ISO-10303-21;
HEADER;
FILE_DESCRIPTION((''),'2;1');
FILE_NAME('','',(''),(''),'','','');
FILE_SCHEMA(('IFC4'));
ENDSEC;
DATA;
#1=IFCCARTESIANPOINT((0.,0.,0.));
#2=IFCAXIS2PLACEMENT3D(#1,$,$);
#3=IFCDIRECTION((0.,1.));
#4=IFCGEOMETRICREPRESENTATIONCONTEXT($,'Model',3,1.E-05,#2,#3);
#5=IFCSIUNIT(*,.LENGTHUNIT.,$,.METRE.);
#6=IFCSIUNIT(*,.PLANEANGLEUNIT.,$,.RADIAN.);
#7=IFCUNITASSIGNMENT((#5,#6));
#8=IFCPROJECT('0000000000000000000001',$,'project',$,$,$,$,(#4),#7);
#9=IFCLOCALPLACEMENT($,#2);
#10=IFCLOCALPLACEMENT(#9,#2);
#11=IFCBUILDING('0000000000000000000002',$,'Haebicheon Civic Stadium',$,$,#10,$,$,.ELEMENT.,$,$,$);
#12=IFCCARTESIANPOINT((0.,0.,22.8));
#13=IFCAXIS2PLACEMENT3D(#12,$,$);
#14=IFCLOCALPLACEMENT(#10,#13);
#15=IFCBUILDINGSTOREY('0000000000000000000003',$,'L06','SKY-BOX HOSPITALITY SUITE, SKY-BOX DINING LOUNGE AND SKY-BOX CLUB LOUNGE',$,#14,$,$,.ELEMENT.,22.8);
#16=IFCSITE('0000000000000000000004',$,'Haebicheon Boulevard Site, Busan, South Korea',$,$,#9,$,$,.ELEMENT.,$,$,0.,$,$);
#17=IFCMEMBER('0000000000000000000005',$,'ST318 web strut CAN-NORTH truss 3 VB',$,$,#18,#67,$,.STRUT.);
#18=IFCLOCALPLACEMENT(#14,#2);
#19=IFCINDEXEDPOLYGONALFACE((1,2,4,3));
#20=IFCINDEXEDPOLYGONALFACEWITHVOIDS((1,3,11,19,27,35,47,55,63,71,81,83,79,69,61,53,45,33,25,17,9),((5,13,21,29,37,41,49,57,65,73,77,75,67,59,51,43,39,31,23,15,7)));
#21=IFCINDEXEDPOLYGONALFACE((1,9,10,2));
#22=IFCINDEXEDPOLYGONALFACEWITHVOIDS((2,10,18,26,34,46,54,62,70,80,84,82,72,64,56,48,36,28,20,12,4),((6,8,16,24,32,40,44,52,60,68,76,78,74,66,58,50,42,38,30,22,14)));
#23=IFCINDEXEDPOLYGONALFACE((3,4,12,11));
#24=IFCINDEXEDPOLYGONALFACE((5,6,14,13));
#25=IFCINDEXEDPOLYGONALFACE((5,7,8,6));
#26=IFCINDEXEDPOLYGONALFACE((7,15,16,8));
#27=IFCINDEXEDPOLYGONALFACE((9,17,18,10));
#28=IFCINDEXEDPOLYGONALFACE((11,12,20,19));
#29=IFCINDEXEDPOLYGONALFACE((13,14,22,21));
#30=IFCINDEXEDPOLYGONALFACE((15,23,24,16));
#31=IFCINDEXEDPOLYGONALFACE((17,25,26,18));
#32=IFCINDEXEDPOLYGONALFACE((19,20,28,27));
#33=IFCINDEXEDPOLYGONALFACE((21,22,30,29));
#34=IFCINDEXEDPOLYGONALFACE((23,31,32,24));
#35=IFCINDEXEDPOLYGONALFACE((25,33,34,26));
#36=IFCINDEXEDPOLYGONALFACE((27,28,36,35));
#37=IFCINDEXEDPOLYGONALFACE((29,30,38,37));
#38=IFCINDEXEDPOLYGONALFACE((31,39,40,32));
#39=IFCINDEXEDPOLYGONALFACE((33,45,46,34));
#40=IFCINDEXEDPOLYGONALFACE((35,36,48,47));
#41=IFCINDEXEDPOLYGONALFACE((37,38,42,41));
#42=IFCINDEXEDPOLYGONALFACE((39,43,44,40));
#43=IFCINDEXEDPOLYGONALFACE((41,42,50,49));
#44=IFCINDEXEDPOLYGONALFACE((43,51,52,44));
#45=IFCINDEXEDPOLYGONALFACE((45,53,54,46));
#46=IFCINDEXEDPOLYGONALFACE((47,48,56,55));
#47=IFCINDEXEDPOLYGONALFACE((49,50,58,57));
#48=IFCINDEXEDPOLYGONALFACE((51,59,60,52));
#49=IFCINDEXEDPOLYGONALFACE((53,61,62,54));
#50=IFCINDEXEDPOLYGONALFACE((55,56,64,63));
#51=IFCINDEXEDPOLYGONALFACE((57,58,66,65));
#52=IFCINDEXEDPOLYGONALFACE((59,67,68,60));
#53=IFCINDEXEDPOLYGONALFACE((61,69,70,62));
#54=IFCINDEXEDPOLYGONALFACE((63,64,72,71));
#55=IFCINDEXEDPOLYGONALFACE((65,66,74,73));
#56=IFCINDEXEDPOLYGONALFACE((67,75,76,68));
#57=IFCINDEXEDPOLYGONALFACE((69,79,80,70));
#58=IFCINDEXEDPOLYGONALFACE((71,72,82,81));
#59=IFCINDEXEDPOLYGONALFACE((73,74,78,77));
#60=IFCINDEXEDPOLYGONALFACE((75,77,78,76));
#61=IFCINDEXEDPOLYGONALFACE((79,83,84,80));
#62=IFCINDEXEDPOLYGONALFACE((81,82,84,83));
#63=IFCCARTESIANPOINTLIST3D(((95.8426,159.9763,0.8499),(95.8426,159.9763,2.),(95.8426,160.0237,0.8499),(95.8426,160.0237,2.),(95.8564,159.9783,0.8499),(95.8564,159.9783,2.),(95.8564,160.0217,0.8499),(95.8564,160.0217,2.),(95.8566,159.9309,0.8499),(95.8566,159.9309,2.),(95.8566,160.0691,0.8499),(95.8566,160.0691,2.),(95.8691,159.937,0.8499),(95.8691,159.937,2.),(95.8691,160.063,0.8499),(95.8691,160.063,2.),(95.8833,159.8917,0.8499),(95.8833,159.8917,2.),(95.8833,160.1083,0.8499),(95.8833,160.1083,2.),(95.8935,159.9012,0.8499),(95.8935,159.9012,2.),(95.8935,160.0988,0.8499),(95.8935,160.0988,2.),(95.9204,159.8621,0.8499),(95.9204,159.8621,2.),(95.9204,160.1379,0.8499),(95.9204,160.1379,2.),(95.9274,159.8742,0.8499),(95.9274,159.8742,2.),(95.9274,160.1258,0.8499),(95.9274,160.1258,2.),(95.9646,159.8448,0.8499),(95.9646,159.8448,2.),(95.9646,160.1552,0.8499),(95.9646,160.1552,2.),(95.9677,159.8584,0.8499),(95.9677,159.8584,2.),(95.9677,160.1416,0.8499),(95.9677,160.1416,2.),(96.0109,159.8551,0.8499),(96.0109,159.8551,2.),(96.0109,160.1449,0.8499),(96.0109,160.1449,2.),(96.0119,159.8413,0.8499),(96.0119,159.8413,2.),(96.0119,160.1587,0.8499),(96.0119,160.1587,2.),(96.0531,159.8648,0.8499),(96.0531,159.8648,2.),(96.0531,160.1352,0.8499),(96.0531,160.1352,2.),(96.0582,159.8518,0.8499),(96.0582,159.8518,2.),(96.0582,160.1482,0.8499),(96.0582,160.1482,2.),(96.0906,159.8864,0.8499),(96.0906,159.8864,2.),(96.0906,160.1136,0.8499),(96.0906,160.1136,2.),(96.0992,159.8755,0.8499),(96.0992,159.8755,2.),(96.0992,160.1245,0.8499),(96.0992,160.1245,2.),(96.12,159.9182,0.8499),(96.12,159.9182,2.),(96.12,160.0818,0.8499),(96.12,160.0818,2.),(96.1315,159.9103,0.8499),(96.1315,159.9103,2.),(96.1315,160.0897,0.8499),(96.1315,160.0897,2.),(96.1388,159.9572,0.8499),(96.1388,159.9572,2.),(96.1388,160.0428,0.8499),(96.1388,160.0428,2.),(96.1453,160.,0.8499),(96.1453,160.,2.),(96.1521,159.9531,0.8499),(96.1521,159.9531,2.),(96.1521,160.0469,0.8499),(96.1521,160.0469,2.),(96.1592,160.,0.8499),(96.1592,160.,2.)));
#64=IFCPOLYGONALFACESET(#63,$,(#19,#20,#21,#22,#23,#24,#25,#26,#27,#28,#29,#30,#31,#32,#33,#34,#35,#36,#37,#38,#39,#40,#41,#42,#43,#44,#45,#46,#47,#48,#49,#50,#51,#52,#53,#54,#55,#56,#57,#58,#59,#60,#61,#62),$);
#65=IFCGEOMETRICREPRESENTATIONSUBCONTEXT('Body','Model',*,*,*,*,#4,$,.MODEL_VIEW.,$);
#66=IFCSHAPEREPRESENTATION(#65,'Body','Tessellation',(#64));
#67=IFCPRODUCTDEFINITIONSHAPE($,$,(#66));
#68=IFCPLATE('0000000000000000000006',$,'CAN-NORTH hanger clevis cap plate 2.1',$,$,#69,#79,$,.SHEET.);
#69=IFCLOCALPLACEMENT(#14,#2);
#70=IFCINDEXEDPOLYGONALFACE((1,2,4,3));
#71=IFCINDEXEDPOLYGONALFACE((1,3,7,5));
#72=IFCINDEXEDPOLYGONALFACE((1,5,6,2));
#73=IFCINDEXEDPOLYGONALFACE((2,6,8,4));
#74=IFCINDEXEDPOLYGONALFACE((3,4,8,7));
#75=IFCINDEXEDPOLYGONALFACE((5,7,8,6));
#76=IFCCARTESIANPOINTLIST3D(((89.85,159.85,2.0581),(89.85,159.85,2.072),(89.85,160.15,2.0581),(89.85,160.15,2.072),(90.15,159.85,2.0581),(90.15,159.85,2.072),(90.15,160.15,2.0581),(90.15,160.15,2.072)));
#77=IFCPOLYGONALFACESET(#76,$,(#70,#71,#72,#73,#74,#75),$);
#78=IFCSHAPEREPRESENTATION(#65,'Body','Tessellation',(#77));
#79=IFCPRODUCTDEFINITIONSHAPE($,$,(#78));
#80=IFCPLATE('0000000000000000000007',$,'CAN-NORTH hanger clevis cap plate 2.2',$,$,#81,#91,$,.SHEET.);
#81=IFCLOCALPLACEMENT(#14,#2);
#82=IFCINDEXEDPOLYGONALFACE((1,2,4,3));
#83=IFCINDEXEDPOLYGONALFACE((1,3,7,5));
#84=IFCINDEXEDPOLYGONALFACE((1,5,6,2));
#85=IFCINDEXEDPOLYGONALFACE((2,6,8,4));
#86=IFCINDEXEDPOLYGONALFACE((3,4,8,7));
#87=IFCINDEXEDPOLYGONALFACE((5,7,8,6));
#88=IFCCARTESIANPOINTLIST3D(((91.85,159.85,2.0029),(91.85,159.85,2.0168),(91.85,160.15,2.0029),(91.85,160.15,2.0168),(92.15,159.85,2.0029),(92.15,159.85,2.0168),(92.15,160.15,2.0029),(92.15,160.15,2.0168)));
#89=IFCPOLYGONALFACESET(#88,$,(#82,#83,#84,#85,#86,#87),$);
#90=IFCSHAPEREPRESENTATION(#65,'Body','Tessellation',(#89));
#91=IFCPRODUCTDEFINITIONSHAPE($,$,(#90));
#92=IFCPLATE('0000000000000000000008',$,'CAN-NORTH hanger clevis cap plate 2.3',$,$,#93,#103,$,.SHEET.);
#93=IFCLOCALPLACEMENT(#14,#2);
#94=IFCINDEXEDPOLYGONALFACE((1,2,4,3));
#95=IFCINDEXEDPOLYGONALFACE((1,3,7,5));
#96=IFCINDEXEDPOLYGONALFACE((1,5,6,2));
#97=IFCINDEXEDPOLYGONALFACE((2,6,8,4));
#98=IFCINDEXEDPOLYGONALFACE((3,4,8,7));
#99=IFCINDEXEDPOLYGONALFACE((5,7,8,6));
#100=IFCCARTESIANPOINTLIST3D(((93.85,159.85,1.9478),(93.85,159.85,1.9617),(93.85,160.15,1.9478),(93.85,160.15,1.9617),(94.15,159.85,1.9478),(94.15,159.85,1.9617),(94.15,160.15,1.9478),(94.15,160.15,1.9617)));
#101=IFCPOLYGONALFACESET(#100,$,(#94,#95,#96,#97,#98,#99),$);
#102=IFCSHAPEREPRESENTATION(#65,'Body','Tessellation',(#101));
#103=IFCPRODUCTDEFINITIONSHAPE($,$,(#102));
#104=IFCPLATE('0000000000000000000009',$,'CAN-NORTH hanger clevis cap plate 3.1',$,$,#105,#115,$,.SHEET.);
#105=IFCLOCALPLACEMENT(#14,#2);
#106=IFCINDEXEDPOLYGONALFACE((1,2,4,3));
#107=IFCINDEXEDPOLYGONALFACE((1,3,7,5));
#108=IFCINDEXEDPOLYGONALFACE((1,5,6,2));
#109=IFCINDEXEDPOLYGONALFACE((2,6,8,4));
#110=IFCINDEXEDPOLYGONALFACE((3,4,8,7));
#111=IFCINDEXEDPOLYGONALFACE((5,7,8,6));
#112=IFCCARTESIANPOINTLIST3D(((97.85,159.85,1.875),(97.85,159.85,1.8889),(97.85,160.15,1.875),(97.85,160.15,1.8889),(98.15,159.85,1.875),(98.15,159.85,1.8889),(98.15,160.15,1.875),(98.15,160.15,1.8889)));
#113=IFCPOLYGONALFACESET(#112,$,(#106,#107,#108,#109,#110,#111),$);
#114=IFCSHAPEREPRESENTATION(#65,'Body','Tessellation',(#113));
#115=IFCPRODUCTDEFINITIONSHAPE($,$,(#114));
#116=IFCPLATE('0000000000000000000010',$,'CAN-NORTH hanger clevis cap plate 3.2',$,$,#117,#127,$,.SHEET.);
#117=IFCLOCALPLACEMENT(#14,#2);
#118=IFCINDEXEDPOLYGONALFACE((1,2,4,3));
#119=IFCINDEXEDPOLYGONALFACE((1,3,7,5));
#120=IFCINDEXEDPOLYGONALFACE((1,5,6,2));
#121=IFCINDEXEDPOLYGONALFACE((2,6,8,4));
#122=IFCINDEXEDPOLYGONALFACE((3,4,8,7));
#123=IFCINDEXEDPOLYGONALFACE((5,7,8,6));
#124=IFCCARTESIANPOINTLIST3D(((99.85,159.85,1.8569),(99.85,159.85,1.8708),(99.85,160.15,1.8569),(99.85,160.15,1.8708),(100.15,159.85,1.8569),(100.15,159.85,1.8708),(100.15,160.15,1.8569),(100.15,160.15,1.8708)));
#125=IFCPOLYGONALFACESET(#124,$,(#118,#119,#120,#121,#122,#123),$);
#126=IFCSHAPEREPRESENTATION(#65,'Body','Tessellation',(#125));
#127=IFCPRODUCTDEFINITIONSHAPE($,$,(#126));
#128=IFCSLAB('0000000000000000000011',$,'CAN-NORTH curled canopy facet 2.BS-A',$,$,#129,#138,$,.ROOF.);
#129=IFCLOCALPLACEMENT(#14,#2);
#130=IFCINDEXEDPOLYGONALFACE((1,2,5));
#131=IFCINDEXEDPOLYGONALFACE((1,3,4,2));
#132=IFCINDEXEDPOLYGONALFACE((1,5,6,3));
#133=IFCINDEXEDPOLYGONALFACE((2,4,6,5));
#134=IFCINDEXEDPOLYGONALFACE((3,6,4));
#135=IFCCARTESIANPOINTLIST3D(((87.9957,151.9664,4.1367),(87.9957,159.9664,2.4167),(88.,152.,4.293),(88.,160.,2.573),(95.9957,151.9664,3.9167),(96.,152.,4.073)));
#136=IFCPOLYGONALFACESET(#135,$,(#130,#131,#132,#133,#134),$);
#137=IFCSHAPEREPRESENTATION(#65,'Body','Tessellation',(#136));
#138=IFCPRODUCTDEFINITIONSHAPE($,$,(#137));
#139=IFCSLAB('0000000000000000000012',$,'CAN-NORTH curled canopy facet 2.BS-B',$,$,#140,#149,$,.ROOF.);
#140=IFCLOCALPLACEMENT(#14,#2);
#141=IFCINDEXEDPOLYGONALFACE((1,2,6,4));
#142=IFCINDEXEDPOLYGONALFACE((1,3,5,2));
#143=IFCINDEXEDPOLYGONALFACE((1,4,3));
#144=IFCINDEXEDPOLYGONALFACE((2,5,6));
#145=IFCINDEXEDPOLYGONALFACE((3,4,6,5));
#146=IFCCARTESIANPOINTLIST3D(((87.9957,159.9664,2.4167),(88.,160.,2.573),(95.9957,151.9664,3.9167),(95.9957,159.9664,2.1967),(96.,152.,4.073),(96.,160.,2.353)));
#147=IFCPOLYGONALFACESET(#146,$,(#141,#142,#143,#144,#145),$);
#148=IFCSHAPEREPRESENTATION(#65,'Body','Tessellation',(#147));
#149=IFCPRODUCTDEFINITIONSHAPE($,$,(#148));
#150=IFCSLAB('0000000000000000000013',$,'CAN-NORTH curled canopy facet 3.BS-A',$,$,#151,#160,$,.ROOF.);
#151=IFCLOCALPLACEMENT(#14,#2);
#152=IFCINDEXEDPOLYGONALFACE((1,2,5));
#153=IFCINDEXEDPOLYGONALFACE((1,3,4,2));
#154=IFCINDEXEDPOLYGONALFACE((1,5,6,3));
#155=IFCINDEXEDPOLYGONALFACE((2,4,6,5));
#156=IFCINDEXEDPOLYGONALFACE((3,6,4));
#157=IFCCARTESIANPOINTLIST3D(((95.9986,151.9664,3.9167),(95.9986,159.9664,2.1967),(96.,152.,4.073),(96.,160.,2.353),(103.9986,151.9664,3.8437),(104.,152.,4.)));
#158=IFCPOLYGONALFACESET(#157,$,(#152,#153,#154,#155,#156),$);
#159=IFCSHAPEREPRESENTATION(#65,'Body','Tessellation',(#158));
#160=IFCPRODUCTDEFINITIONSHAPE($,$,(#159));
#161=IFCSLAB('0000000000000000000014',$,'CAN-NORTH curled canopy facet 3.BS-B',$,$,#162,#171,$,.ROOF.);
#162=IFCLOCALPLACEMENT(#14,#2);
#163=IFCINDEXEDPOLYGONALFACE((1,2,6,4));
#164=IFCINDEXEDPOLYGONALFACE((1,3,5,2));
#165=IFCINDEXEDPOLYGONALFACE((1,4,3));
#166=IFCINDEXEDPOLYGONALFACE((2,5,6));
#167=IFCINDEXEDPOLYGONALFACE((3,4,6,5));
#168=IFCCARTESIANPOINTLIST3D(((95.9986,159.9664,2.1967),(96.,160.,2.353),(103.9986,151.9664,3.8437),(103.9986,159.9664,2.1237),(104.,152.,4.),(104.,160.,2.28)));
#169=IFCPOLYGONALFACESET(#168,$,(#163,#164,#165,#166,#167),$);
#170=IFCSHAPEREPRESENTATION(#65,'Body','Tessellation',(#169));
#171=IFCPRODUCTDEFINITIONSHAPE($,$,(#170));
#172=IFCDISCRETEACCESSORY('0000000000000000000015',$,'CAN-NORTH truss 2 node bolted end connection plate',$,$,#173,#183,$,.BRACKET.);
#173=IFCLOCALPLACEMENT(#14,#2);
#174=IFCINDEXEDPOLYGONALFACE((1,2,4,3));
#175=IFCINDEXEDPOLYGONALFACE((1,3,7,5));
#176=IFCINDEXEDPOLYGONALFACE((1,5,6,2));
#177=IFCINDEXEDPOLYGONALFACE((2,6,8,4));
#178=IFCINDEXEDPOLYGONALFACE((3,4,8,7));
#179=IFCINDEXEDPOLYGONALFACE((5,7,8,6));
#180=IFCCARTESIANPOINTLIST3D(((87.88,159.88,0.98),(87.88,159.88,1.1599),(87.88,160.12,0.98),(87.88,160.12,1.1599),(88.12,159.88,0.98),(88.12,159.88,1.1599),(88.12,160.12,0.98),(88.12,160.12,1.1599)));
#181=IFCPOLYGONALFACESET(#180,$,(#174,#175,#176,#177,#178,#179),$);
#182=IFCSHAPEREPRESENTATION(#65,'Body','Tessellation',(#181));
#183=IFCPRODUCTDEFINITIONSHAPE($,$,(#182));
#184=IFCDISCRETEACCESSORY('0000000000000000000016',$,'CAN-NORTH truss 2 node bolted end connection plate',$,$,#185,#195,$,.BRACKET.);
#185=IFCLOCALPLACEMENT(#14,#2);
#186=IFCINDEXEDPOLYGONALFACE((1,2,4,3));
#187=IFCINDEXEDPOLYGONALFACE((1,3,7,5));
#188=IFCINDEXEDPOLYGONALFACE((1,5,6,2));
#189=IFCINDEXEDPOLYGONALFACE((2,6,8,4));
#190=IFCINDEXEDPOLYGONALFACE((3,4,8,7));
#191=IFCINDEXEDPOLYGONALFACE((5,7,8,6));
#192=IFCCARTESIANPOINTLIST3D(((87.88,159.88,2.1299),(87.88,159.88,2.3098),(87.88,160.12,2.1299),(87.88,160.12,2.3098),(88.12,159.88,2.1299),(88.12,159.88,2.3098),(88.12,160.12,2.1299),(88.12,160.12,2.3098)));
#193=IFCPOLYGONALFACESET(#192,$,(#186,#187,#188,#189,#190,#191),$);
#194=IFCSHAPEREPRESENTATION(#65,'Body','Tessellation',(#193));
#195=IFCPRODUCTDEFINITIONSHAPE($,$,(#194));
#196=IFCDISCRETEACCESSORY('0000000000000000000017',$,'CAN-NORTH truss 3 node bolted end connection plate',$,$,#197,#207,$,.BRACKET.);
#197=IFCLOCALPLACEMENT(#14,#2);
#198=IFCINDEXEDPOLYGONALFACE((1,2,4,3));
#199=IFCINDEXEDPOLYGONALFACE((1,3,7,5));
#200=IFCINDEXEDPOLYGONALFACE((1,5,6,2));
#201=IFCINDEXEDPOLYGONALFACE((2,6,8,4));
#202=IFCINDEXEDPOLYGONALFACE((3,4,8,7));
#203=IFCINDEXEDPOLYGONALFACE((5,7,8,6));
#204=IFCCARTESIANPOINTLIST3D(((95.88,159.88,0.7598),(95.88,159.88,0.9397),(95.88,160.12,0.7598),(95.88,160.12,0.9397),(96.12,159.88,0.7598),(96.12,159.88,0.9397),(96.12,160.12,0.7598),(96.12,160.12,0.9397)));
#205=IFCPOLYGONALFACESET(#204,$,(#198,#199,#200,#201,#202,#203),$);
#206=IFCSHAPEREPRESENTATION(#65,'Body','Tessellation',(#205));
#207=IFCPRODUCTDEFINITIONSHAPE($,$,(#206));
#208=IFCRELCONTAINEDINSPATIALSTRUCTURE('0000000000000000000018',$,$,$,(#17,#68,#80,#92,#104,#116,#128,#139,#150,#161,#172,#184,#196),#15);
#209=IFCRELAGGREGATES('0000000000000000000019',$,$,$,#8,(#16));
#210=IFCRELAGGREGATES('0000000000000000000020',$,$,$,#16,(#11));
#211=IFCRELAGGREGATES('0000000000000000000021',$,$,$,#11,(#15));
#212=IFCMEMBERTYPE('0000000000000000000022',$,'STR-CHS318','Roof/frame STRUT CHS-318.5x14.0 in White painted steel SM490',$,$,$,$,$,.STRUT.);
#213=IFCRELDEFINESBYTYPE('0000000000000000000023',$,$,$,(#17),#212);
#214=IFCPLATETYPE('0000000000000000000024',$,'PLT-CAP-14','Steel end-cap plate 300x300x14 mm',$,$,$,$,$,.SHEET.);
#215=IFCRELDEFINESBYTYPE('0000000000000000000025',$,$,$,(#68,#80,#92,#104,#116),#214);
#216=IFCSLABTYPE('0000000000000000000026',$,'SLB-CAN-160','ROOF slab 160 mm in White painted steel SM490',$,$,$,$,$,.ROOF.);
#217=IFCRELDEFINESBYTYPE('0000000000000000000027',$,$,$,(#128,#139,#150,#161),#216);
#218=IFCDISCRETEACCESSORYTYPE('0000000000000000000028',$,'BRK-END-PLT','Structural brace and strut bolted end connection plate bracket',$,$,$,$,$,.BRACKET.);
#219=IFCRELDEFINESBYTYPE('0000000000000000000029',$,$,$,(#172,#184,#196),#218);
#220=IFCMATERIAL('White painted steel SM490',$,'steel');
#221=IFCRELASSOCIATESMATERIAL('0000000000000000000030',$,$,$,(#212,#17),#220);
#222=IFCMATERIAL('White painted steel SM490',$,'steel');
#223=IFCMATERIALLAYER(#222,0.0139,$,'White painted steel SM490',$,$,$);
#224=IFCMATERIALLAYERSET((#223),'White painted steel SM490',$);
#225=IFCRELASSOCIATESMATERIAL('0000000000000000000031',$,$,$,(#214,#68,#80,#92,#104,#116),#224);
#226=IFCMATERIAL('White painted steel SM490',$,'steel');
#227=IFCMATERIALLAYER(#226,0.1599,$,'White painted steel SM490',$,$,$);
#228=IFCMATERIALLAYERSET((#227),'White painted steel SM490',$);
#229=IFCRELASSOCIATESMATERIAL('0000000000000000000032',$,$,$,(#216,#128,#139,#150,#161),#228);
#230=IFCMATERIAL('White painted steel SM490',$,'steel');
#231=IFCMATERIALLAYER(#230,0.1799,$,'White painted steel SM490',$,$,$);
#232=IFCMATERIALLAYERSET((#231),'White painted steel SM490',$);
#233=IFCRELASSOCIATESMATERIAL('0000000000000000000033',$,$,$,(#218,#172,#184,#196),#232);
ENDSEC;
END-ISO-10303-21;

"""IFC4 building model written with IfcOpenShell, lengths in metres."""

from ifc_helpers import new_model, si_unit, direction, frame, origin, origin_2d, place, context, subcontext, project, spatial, polyline, rectangle, hollow_circle, outline, extrude, material, layer, layer_set, material_profile, profile_set, type_object, element, save


model = new_model("IFC4")

# Units and contexts
model_context = context("Model", 3, precision=1e-05, world=origin(), true_north=direction((0.0, 1.0)))
body_context = subcontext(model_context, "Body", "Model", "MODEL_VIEW")
ifc_project = project(units=[si_unit("LENGTHUNIT", "METRE"), si_unit("PLANEANGLEUNIT", "RADIAN")], contexts=[model_context])

# Site, building, storey
site_placement = place(None, origin())
site = spatial("IfcSite", under=ifc_project, at=site_placement, Name="Haebicheon Boulevard Site, Busan, South Korea", CompositionType="ELEMENT", RefElevation=0.0)
building_placement = place(site_placement, origin())
building = spatial("IfcBuilding", under=site, at=building_placement, Name="Haebicheon Civic Stadium", CompositionType="ELEMENT")
storey_placement = place(building_placement, frame((0.0, 0.0, 22.8)))
storey = spatial("IfcBuildingStorey", under=building, at=storey_placement, Name="L06", Description="SKY-BOX HOSPITALITY SUITE, SKY-BOX DINING LOUNGE AND SKY-BOX CLUB LOUNGE", CompositionType="ELEMENT", Elevation=22.8)

# Member
ifc_material_1 = material(Name="White painted steel SM490", Category="steel")
ifc_material_profile_1 = material_profile(ifc_material_1, hollow_circle(Radius=0.1592, WallThickness=0.0139, at=origin_2d()), Name="CHS-318.5x14.0")
ifc_profile_set_1 = profile_set([ifc_material_profile_1], Name="White painted steel SM490")
member_type_1 = type_object("IfcMemberType", Name="STR-CHS318", Description="Roof/frame STRUT CHS-318.5x14.0 in White painted steel SM490", PredefinedType="STRUT", material=ifc_profile_set_1)
member_1_placement = place(storey_placement, frame((96.0, 160.0, 0.8499), z_axis=(0.0, 0.0, 1.0), x_axis=(1.0, 0.0, 0.0)))
element("IfcMember", 1, at=member_1_placement, inside=storey, type_object=member_type_1, material=ifc_profile_set_1, Name="ST318 web strut CAN-NORTH truss 3 VB", PredefinedType="STRUT", context=body_context, shape_type="SweptSolid", body=[
    extrude(hollow_circle(Radius=0.1592, WallThickness=0.0139, at=origin_2d()), origin(), (0.0, 0.0, 1.0), 1.1501),
])

# Plates
ifc_material_2 = material(Name="White painted steel SM490", Category="steel")
ifc_layer_1 = layer(ifc_material_2, 0.0139, Name="White painted steel SM490")
ifc_layer_set_1 = layer_set([ifc_layer_1], Name="White painted steel SM490")
plate_type = type_object("IfcPlateType", Name="PLT-CAP-14", Description="Steel end-cap plate 300x300x14 mm", PredefinedType="SHEET", material=ifc_layer_set_1)
for number, where, z_axis, x_axis, name in (
    (2, (90.0, 160.0, 2.0581), (0.0, 0.0, 1.0), (1.0, 0.0, 0.0), "CAN-NORTH hanger clevis cap plate 2.1"),
    (3, (92.0, 160.0, 2.0029), (0.0, 0.0, 1.0), (1.0, 0.0, 0.0), "CAN-NORTH hanger clevis cap plate 2.2"),
    (4, (94.0, 160.0, 1.9478), (0.0, 0.0, 1.0), (1.0, 0.0, 0.0), "CAN-NORTH hanger clevis cap plate 2.3"),
    (5, (98.0, 160.0, 1.875), (0.0, 0.0, 1.0), (1.0, 0.0, 0.0), "CAN-NORTH hanger clevis cap plate 3.1"),
    (6, (100.0, 160.0, 1.8569), (0.0, 0.0, 1.0), (1.0, 0.0, 0.0), "CAN-NORTH hanger clevis cap plate 3.2"),
):
    element("IfcPlate", number, at=place(storey_placement, frame(where, z_axis=z_axis, x_axis=x_axis)), inside=storey, type_object=plate_type, material=ifc_layer_set_1, Name=name, PredefinedType="SHEET", context=body_context, shape_type="SweptSolid", body=[
        extrude(rectangle(XDim=0.3, YDim=0.3, at=origin_2d()), origin(), (0.0, 0.0, 1.0), 0.0139),
    ])

# Slabs
ifc_material_3 = material(Name="White painted steel SM490", Category="steel")
ifc_layer_2 = layer(ifc_material_3, 0.1599, Name="White painted steel SM490")
ifc_layer_set_2 = layer_set([ifc_layer_2], Name="White painted steel SM490")
slab_type = type_object("IfcSlabType", Name="SLB-CAN-160", Description="ROOF slab 160 mm in White painted steel SM490", PredefinedType="ROOF", material=ifc_layer_set_2)
slab_1_placement = place(storey_placement, frame((88.0, 160.0, 2.573), z_axis=(0.026872, 0.210117, 0.977307), x_axis=(0.0, -0.97766, 0.210193)))
element("IfcSlab", 7, at=slab_1_placement, inside=storey, type_object=slab_type, material=ifc_layer_set_2, Name="CAN-NORTH curled canopy facet 2.BS-A", PredefinedType="ROOF", context=body_context, shape_type="SweptSolid", body=[
    extrude(outline(polyline([(0.0, 0.0), (8.1828, 0.0), (8.1366, 8.0029), (0.0, 0.0)])), origin(), (0.0, 0.0, -1.0), 0.1599),
])
slab_2_placement = place(storey_placement, frame((88.0, 160.0, 2.573), z_axis=(0.026872, 0.210117, 0.977307), x_axis=(0.700973, -0.700973, 0.131432)))
element("IfcSlab", 8, at=slab_2_placement, inside=storey, type_object=slab_type, material=ifc_layer_set_2, Name="CAN-NORTH curled canopy facet 2.BS-B", PredefinedType="ROOF", context=body_context, shape_type="SweptSolid", body=[
    extrude(outline(polyline([(0.0, 0.0), (11.4127, 0.0), (5.5789, 5.738), (0.0, 0.0)])), origin(), (0.0, 0.0, -1.0), 0.1599),
])
slab_3_placement = place(storey_placement, frame((96.0, 160.0, 2.353), z_axis=(0.008921, 0.210185, 0.977621), x_axis=(0.0, -0.97766, 0.210193)))
element("IfcSlab", 9, at=slab_3_placement, inside=storey, type_object=slab_type, material=ifc_layer_set_2, Name="CAN-NORTH curled canopy facet 3.BS-A", PredefinedType="ROOF", context=body_context, shape_type="SweptSolid", body=[
    extrude(outline(polyline([(0.0, 0.0), (8.1828, 0.0), (8.1675, 8.0003), (0.0, 0.0)])), origin(), (0.0, 0.0, -1.0), 0.1599),
])
slab_4_placement = place(storey_placement, frame((96.0, 160.0, 2.353), z_axis=(0.008921, 0.210185, 0.977621), x_axis=(0.699731, -0.699731, 0.144055)))
element("IfcSlab", 10, at=slab_4_placement, inside=storey, type_object=slab_type, material=ifc_layer_set_2, Name="CAN-NORTH curled canopy facet 3.BS-B", PredefinedType="ROOF", context=body_context, shape_type="SweptSolid", body=[
    extrude(outline(polyline([(0.0, 0.0), (11.433, 0.0), (5.5873, 5.726), (0.0, 0.0)])), origin(), (0.0, 0.0, -1.0), 0.1599),
])

# Discrete accessories
ifc_material_4 = material(Name="White painted steel SM490", Category="steel")
ifc_layer_3 = layer(ifc_material_4, 0.1799, Name="White painted steel SM490")
ifc_layer_set_3 = layer_set([ifc_layer_3], Name="White painted steel SM490")
discrete_accessory_type = type_object("IfcDiscreteAccessoryType", Name="BRK-END-PLT", Description="Structural brace and strut bolted end connection plate bracket", PredefinedType="BRACKET", material=ifc_layer_set_3)
for number, where, z_axis, x_axis, name in (
    (11, (88.0, 160.0, 0.98), (0.0, 0.0, 1.0), (1.0, 0.0, 0.0), "CAN-NORTH truss 2 node bolted end connection plate"),
    (12, (88.0, 160.0, 2.1299), (0.0, 0.0, 1.0), (1.0, 0.0, 0.0), "CAN-NORTH truss 2 node bolted end connection plate"),
    (13, (96.0, 160.0, 0.7598), (0.0, 0.0, 1.0), (1.0, 0.0, 0.0), "CAN-NORTH truss 3 node bolted end connection plate"),
):
    element("IfcDiscreteAccessory", number, at=place(storey_placement, frame(where, z_axis=z_axis, x_axis=x_axis)), inside=storey, type_object=discrete_accessory_type, material=ifc_layer_set_3, Name=name, PredefinedType="BRACKET", context=body_context, shape_type="SweptSolid", body=[
        extrude(rectangle(XDim=0.24, YDim=0.24, at=origin_2d()), origin(), (0.0, 0.0, 1.0), 0.1799),
    ])

save(model, "model.ifc")
